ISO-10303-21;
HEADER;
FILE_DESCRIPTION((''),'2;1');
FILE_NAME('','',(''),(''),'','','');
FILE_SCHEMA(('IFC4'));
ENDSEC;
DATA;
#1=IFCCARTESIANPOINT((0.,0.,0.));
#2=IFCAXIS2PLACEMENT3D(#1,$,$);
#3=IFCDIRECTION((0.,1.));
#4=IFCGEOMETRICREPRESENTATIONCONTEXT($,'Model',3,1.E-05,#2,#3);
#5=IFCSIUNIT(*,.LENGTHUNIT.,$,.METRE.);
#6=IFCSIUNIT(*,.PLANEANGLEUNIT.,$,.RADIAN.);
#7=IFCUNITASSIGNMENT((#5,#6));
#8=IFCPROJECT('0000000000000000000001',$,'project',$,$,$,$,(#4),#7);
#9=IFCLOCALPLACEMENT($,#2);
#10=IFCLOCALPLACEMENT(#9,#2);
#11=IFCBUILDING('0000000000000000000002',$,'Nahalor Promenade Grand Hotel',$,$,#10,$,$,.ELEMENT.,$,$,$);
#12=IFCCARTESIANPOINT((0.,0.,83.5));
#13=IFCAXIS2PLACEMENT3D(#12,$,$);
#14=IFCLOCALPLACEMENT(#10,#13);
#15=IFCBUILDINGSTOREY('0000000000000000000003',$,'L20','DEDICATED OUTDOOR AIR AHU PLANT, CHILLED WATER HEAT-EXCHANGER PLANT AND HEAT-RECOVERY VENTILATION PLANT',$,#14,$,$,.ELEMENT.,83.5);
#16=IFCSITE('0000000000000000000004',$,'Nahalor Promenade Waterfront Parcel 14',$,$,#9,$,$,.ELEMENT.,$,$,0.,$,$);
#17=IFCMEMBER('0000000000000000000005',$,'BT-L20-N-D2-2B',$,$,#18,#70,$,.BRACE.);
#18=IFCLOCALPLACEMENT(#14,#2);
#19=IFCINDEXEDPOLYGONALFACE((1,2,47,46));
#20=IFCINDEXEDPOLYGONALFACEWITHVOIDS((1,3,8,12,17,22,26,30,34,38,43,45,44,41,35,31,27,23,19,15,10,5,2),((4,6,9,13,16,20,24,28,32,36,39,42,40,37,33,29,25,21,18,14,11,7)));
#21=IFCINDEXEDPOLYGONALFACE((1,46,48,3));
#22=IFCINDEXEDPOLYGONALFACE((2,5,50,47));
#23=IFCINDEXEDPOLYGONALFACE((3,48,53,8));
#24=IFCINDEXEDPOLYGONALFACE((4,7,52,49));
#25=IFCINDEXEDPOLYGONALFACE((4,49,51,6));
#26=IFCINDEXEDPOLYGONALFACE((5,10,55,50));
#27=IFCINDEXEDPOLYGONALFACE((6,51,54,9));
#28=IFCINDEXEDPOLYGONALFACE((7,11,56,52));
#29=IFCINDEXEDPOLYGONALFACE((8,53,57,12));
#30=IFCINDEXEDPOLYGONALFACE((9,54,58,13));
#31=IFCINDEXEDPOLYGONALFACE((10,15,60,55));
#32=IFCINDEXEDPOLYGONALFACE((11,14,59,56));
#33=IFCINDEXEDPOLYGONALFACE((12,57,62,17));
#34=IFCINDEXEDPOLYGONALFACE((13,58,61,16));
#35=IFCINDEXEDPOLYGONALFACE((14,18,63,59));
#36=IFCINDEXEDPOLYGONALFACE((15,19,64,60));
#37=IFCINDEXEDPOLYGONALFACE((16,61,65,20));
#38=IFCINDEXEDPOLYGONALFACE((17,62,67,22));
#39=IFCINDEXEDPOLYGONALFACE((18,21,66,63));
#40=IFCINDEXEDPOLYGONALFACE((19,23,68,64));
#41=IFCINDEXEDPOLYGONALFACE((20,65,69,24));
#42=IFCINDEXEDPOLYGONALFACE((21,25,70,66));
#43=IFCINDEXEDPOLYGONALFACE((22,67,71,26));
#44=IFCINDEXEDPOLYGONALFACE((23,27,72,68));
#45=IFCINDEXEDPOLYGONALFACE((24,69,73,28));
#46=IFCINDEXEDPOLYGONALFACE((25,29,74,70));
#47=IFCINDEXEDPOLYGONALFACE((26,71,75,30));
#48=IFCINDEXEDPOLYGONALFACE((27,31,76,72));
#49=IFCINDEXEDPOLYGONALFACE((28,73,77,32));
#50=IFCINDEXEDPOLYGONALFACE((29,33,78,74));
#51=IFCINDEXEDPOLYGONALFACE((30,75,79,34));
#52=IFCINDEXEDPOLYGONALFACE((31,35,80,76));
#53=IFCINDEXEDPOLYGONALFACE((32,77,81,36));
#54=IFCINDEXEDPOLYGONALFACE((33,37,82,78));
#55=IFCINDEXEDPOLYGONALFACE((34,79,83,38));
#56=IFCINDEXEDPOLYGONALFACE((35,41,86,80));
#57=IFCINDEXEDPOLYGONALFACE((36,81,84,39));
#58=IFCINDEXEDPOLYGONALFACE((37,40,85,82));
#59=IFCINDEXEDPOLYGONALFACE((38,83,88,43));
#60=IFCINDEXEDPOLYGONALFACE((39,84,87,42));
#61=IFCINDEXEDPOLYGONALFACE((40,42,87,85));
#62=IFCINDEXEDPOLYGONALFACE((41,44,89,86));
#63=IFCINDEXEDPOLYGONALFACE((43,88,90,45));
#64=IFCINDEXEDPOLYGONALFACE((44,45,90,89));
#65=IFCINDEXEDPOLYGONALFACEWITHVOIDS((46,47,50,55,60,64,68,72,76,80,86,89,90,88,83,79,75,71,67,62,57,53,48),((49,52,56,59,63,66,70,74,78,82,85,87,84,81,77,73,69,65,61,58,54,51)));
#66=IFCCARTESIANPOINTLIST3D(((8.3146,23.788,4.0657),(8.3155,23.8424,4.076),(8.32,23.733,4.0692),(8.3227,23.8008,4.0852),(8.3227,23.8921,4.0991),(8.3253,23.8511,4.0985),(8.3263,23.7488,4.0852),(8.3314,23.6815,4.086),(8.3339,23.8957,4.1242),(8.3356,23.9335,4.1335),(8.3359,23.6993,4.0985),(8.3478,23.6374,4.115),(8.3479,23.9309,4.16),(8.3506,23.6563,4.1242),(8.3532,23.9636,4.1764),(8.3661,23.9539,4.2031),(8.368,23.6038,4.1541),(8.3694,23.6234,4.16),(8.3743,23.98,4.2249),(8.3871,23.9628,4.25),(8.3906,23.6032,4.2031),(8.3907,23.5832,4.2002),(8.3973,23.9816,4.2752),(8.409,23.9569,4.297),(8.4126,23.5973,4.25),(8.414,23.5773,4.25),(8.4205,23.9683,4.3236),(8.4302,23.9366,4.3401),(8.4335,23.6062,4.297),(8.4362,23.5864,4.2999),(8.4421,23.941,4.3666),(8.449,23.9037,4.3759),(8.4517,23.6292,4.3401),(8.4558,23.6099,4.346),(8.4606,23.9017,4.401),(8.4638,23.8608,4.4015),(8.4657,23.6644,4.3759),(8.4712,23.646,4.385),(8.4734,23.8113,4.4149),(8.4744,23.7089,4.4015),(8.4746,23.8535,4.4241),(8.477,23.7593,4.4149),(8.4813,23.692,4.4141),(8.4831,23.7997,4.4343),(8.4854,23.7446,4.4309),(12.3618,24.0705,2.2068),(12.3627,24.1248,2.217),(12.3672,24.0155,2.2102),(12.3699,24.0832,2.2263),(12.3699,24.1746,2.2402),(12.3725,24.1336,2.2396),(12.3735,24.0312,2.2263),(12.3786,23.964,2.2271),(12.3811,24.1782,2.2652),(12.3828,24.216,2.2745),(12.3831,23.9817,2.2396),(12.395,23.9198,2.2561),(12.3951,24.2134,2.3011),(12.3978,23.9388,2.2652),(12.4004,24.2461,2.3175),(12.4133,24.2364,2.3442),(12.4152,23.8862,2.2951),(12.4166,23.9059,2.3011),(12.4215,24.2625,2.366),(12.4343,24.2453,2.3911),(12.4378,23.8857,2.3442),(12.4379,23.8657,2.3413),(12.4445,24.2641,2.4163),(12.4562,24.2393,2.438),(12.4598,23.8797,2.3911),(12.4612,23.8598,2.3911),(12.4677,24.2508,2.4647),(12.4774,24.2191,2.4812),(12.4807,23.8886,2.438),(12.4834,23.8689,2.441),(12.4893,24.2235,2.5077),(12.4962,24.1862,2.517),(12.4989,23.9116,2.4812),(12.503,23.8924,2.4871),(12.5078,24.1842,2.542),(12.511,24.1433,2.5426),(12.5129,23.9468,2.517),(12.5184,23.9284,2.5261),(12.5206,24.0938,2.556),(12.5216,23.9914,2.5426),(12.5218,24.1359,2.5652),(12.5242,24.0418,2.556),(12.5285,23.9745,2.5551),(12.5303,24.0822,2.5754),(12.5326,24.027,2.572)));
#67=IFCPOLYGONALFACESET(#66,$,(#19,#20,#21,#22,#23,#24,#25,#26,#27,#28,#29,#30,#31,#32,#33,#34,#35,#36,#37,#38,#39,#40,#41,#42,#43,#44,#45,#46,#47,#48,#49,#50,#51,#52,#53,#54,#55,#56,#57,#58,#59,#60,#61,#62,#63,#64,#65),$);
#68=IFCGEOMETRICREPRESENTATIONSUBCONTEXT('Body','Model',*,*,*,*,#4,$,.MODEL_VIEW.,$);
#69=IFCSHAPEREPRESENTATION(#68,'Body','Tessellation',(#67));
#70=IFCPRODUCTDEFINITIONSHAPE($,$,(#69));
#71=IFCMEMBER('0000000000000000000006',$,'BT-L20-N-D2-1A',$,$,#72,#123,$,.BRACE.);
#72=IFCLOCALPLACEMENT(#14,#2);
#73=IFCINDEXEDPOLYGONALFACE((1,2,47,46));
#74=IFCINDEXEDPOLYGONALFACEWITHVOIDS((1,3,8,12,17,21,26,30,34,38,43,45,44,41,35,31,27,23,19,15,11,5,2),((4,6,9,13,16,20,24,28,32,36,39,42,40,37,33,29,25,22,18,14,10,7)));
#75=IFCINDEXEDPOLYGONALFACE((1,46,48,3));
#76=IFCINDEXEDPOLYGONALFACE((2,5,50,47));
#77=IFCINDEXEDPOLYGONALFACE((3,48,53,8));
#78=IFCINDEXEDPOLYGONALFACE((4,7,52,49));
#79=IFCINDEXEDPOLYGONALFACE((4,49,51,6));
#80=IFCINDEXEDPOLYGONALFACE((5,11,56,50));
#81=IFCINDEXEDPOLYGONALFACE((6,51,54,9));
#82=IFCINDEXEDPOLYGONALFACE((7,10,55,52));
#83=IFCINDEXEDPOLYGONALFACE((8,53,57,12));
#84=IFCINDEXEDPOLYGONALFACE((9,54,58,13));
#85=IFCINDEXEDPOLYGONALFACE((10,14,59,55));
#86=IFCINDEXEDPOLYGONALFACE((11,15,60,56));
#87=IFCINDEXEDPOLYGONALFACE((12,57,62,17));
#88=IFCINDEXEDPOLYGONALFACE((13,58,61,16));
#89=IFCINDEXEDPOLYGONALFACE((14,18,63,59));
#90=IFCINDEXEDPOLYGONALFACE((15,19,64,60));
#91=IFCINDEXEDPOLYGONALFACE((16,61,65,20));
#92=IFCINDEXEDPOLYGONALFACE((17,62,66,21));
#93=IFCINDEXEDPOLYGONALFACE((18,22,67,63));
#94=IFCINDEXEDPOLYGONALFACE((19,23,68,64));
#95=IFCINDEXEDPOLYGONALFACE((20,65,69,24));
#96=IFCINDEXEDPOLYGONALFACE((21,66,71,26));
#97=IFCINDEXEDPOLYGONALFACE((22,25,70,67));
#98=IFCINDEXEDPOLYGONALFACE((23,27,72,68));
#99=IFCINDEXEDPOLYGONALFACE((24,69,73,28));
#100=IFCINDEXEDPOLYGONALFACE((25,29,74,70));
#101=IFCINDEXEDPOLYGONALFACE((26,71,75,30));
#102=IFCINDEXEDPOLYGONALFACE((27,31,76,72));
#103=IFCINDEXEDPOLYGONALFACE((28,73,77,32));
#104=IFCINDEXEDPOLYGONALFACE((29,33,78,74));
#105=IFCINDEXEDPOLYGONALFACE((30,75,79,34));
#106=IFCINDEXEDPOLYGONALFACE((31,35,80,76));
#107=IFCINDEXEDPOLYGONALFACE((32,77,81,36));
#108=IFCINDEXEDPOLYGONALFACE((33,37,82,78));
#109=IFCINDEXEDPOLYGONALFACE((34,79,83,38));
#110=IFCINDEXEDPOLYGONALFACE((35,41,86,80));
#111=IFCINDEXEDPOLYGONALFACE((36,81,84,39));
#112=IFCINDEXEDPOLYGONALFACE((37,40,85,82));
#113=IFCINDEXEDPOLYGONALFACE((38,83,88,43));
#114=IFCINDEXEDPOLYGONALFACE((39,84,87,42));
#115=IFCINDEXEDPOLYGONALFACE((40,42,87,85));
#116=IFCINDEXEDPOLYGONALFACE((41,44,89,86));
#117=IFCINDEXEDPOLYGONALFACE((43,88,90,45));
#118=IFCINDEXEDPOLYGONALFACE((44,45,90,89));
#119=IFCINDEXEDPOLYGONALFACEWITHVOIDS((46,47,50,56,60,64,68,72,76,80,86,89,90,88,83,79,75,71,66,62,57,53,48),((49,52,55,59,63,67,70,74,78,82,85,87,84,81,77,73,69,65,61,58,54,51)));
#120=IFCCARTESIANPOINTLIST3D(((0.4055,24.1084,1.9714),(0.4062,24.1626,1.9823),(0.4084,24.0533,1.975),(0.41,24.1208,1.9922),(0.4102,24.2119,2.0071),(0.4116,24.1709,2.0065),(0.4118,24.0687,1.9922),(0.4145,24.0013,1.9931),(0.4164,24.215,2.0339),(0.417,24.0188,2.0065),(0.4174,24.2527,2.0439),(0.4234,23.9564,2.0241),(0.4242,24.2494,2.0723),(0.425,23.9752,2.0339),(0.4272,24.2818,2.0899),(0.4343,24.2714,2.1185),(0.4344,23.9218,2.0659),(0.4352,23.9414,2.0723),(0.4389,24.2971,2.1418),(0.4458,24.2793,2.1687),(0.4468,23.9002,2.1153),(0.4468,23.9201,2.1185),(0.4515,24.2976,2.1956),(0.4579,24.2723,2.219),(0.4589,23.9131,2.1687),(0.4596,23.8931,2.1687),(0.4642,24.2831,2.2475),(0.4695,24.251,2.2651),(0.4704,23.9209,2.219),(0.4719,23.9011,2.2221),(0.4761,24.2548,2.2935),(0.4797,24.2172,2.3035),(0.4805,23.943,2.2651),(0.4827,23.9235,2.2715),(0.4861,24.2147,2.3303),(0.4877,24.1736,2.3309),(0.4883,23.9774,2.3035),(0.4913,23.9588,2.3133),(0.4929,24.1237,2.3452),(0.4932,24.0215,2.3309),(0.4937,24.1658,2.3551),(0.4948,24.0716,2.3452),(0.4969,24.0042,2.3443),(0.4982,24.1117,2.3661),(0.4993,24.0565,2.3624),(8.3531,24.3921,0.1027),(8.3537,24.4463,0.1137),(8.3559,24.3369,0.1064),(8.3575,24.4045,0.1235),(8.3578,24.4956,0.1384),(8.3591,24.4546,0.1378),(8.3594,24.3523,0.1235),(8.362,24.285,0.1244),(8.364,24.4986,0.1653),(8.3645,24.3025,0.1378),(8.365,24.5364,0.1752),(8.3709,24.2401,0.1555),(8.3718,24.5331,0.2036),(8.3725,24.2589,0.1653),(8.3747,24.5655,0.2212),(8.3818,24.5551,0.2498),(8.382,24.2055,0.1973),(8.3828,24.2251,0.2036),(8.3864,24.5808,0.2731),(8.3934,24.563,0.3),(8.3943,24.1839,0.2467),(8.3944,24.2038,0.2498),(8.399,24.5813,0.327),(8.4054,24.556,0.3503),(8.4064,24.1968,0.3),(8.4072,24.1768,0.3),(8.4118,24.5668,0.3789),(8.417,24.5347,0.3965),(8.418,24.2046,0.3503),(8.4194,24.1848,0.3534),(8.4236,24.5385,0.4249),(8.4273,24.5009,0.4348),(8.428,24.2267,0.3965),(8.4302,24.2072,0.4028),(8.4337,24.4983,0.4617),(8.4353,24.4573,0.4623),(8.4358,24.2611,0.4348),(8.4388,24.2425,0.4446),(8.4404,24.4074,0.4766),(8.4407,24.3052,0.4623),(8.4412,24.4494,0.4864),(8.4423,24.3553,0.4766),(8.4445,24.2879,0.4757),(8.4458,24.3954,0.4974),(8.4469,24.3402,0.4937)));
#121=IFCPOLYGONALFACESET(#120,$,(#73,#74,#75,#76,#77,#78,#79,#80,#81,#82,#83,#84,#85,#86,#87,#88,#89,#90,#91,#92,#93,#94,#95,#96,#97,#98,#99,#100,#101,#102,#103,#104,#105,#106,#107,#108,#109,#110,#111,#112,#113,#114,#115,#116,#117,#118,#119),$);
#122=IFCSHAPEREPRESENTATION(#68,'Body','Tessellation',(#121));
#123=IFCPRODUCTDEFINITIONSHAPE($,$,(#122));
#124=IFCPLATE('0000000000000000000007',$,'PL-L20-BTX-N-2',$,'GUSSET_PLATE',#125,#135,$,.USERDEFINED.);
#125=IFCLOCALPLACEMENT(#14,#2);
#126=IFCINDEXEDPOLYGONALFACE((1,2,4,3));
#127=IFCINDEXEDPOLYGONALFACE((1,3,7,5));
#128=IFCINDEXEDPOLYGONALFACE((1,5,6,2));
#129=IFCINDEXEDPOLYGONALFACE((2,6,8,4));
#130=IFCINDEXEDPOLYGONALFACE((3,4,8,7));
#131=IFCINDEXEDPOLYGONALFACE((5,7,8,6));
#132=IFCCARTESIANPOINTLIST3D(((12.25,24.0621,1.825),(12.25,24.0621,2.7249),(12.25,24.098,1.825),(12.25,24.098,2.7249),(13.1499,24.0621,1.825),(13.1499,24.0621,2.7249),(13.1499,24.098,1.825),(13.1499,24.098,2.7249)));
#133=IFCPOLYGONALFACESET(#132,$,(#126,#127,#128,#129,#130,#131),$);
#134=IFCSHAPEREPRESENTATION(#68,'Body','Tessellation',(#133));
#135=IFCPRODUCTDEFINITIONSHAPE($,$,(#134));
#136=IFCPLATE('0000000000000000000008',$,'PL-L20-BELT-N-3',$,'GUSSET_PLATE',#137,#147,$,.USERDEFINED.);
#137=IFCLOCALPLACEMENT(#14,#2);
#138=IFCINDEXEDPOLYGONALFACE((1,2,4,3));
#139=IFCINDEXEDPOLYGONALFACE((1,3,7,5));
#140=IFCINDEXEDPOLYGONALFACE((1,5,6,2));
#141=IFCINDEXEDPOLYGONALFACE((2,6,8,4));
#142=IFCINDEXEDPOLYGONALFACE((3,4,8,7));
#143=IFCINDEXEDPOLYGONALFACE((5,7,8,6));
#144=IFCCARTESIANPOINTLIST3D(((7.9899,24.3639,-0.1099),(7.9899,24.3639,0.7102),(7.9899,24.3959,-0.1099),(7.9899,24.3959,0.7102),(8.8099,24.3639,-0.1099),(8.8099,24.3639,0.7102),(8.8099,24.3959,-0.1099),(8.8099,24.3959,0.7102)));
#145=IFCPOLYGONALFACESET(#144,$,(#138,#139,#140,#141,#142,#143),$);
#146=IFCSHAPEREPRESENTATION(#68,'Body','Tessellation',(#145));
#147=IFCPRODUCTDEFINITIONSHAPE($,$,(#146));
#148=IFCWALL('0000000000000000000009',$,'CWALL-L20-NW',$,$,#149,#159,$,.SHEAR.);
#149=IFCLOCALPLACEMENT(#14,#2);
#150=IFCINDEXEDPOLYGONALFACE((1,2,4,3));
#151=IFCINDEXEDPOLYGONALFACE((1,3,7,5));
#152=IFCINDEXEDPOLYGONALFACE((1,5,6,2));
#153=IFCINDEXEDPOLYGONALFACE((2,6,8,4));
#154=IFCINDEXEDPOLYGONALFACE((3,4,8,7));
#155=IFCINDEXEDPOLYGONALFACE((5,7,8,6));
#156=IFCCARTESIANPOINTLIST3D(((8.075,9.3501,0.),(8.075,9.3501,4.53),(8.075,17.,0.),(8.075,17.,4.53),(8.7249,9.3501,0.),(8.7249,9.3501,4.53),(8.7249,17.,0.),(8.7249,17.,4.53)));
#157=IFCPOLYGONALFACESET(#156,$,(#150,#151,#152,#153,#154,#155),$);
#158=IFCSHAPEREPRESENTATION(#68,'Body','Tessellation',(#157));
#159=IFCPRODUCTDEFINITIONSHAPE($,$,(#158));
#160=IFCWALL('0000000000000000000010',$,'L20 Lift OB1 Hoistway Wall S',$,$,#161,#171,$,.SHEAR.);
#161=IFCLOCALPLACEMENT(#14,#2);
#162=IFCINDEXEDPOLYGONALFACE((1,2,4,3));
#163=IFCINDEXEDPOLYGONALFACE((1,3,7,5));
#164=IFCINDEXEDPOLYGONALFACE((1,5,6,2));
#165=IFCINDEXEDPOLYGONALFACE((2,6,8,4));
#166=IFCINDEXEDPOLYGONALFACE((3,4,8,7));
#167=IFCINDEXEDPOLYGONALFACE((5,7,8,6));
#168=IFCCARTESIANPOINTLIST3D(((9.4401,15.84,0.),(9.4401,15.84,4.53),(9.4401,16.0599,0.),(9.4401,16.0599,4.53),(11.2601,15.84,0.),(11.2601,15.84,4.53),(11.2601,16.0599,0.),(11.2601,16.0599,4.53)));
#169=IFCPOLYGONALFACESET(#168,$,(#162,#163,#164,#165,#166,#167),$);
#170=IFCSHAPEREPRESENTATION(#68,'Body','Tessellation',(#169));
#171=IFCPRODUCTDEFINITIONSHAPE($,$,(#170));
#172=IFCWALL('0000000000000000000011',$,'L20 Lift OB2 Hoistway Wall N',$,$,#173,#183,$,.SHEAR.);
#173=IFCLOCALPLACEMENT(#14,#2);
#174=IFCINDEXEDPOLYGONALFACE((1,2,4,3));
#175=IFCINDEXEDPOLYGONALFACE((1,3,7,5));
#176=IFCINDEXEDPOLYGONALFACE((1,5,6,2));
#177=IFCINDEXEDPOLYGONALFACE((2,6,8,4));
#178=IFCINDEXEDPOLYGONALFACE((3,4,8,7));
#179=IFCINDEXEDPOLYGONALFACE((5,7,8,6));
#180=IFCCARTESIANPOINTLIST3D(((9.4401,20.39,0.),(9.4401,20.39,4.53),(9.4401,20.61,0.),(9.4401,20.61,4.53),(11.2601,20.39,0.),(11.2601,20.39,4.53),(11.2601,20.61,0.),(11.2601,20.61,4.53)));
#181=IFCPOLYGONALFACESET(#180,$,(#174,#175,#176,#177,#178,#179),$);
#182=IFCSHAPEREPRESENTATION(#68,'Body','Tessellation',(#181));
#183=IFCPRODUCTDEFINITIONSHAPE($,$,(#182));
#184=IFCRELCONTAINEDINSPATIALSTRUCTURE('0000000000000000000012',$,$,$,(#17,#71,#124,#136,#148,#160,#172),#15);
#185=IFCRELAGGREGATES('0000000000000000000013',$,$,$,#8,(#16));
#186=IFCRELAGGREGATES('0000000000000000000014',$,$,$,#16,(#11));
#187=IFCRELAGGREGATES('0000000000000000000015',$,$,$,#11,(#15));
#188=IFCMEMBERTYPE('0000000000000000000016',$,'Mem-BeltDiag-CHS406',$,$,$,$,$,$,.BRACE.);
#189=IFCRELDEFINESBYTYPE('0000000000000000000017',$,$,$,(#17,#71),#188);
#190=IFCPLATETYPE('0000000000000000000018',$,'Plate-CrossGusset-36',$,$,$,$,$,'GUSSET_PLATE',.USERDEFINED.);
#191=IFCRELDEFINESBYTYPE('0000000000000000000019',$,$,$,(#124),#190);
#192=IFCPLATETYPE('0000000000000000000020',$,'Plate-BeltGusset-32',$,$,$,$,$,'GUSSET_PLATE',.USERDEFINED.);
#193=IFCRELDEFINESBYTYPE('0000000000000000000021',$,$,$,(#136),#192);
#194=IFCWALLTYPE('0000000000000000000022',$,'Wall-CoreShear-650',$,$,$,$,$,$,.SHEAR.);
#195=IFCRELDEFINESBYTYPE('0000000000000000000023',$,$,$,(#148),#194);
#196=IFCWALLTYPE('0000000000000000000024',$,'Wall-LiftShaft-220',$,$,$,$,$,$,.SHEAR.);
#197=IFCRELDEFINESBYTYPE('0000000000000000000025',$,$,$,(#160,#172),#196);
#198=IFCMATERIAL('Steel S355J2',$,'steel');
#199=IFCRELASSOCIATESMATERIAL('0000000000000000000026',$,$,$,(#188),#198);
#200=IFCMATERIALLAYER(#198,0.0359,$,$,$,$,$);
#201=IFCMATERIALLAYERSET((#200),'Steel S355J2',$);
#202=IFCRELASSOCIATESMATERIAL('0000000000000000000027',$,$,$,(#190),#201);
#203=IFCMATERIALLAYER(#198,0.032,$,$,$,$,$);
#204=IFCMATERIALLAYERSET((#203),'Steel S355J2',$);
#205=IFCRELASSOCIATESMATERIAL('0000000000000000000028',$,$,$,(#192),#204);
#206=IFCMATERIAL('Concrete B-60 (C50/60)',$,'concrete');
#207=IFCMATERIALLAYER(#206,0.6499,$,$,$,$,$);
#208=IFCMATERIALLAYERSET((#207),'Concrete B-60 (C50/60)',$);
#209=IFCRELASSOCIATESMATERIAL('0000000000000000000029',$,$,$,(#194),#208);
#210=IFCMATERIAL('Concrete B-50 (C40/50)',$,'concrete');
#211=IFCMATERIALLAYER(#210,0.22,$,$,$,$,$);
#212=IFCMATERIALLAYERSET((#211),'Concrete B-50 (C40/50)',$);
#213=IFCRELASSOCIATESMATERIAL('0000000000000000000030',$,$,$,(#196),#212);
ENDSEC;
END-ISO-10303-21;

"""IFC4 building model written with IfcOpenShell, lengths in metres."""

from ifc_helpers import new_model, si_unit, direction, frame, frame_2d, origin, origin_2d, place, context, subcontext, project, spatial, rectangle, hollow_circle, extrude, source, transform, mapped, material, layer, layer_set, material_profile, profile_set, type_object, element, save


model = new_model("IFC4")

# Units and contexts
model_context = context("Model", 3, precision=1e-05, world=origin(), true_north=direction((0.0, 1.0)))
body_context = subcontext(model_context, "Body", "Model", "MODEL_VIEW")
ifc_project = project(units=[si_unit("LENGTHUNIT", "METRE"), si_unit("PLANEANGLEUNIT", "RADIAN")], contexts=[model_context])

# Site, building, storey
site_placement = place(None, origin())
site = spatial("IfcSite", under=ifc_project, at=site_placement, Name="Nahalor Promenade Waterfront Parcel 14", CompositionType="ELEMENT", RefElevation=0.0)
building_placement = place(site_placement, origin())
building = spatial("IfcBuilding", under=site, at=building_placement, Name="Nahalor Promenade Grand Hotel", CompositionType="ELEMENT")
storey_placement = place(building_placement, frame((0.0, 0.0, 83.5)))
storey = spatial("IfcBuildingStorey", under=building, at=storey_placement, Name="L20", Description="DEDICATED OUTDOOR AIR AHU PLANT, CHILLED WATER HEAT-EXCHANGER PLANT AND HEAT-RECOVERY VENTILATION PLANT", CompositionType="ELEMENT", Elevation=83.5)

# Shared definitions
ifc_material_1 = material(Name="Steel S355J2", Category="steel")

# Members
ifc_material_profile_1 = material_profile(ifc_material_1, hollow_circle(Radius=0.2032, WallThickness=0.02, at=origin_2d()), Name="CHS 406.4x20")
ifc_profile_set_1 = profile_set([ifc_material_profile_1], Name="Steel S355J2")
member_type = type_object("IfcMemberType", Name="Mem-BeltDiag-CHS406", PredefinedType="BRACE", material=ifc_profile_set_1)
shared_shape_1 = source(origin(), body_context, "Body", "SweptSolid", [
    extrude(hollow_circle(Radius=0.2032, WallThickness=0.02, at=origin_2d()), origin(), (0.0, 0.0, 1.0), 4.4626),
])
member_1_placement = place(storey_placement, frame((12.447, 24.0625, 2.3911), z_axis=(-0.906906, -0.063298, 0.416552), x_axis=(0.069626, -0.997573, 0.0)))
element("IfcMember", 1, at=member_1_placement, inside=storey, type_object=member_type, Name="BT-L20-N-D2-2B", PredefinedType="BRACE", context=body_context, shape_type="MappedRepresentation", body=[
    mapped(shared_shape_1, transform((0.0, 0.0, 0.0), scale=1.0)),
])
shared_shape_2 = source(origin(), body_context, "Body", "SweptSolid", [
    extrude(hollow_circle(Radius=0.2032, WallThickness=0.02, at=origin_2d()), origin(), (0.0, 0.0, 1.0), 8.1692),
])
member_2_placement = place(storey_placement, frame((8.3999, 24.3799, 0.3), z_axis=(-0.972867, -0.034727, 0.228745), x_axis=(0.035673, -0.999364, 0.0)))
element("IfcMember", 2, at=member_2_placement, inside=storey, type_object=member_type, Name="BT-L20-N-D2-1A", PredefinedType="BRACE", context=body_context, shape_type="MappedRepresentation", body=[
    mapped(shared_shape_2, transform((0.0, 0.0, 0.0), scale=1.0)),
])

# Plates
ifc_layer_1 = layer(ifc_material_1, 0.0359)
ifc_layer_set_1 = layer_set([ifc_layer_1], Name="Steel S355J2")
plate_type_1 = type_object("IfcPlateType", Name="Plate-CrossGusset-36", ElementType="GUSSET_PLATE", PredefinedType="USERDEFINED", material=ifc_layer_set_1)
shared_shape_3 = source(origin(), body_context, "Body", "SweptSolid", [
    extrude(rectangle(XDim=0.8999, YDim=0.0359, at=origin_2d()), origin(), (0.0, 0.0, 1.0), 0.8999),
])
plate_1_placement = place(storey_placement, frame((12.7, 24.0801, 1.825), z_axis=(0.0, 0.0, 1.0), x_axis=(1.0, 0.0, 0.0)))
element("IfcPlate", 3, at=plate_1_placement, inside=storey, type_object=plate_type_1, Name="PL-L20-BTX-N-2", ObjectType="GUSSET_PLATE", PredefinedType="USERDEFINED", context=body_context, shape_type="MappedRepresentation", body=[
    mapped(shared_shape_3, transform((0.0, 0.0, 0.0), scale=1.0)),
])
ifc_layer_2 = layer(ifc_material_1, 0.032)
ifc_layer_set_2 = layer_set([ifc_layer_2], Name="Steel S355J2")
plate_type_2 = type_object("IfcPlateType", Name="Plate-BeltGusset-32", ElementType="GUSSET_PLATE", PredefinedType="USERDEFINED", material=ifc_layer_set_2)
shared_shape_4 = source(origin(), body_context, "Body", "SweptSolid", [
    extrude(rectangle(XDim=0.8201, YDim=0.032, at=origin_2d()), origin(), (0.0, 0.0, 1.0), 0.8201),
])
plate_2_placement = place(storey_placement, frame((8.3999, 24.3799, -0.1099), z_axis=(0.0, 0.0, 1.0), x_axis=(1.0, 0.0, 0.0)))
element("IfcPlate", 4, at=plate_2_placement, inside=storey, type_object=plate_type_2, Name="PL-L20-BELT-N-3", ObjectType="GUSSET_PLATE", PredefinedType="USERDEFINED", context=body_context, shape_type="MappedRepresentation", body=[
    mapped(shared_shape_4, transform((0.0, 0.0, 0.0), scale=1.0)),
])

# Walls
ifc_material_2 = material(Name="Concrete B-60 (C50/60)", Category="concrete")
ifc_layer_3 = layer(ifc_material_2, 0.6499)
ifc_layer_set_3 = layer_set([ifc_layer_3], Name="Concrete B-60 (C50/60)")
wall_type_1 = type_object("IfcWallType", Name="Wall-CoreShear-650", PredefinedType="SHEAR", material=ifc_layer_set_3)
shared_shape_5 = source(origin(), body_context, "Body", "SweptSolid", [
    extrude(rectangle(XDim=7.6499, YDim=0.6499, at=frame_2d((3.825, 0.0))), origin(), (0.0, 0.0, 1.0), 4.53),
])
wall_1_placement = place(storey_placement, frame((8.3999, 9.3501, 0.0), z_axis=(0.0, 0.0, 1.0), x_axis=(0.0, 1.0, 0.0)))
element("IfcWall", 5, at=wall_1_placement, inside=storey, type_object=wall_type_1, Name="CWALL-L20-NW", PredefinedType="SHEAR", context=body_context, shape_type="MappedRepresentation", body=[
    mapped(shared_shape_5, transform((0.0, 0.0, 0.0), scale=1.0)),
])
ifc_material_3 = material(Name="Concrete B-50 (C40/50)", Category="concrete")
ifc_layer_4 = layer(ifc_material_3, 0.22)
ifc_layer_set_4 = layer_set([ifc_layer_4], Name="Concrete B-50 (C40/50)")
wall_type_2 = type_object("IfcWallType", Name="Wall-LiftShaft-220", PredefinedType="SHEAR", material=ifc_layer_set_4)
shared_shape_6 = source(origin(), body_context, "Body", "SweptSolid", [
    extrude(rectangle(XDim=1.8201, YDim=0.22, at=frame_2d((0.9102, 0.0))), origin(), (0.0, 0.0, 1.0), 4.53),
])
for number, where, z_axis, x_axis, name in (
    (6, (9.4399, 15.95, 0.0), (0.0, 0.0, 1.0), (1.0, 0.0, 0.0), "L20 Lift OB1 Hoistway Wall S"),
    (7, (9.4399, 20.5, 0.0), (0.0, 0.0, 1.0), (1.0, 0.0, 0.0), "L20 Lift OB2 Hoistway Wall N"),
):
    element("IfcWall", number, at=place(storey_placement, frame(where, z_axis=z_axis, x_axis=x_axis)), inside=storey, type_object=wall_type_2, Name=name, PredefinedType="SHEAR", context=body_context, shape_type="MappedRepresentation", body=[
        mapped(shared_shape_6, transform((0.0, 0.0, 0.0), scale=1.0)),
    ])

save(model, "model.ifc")
